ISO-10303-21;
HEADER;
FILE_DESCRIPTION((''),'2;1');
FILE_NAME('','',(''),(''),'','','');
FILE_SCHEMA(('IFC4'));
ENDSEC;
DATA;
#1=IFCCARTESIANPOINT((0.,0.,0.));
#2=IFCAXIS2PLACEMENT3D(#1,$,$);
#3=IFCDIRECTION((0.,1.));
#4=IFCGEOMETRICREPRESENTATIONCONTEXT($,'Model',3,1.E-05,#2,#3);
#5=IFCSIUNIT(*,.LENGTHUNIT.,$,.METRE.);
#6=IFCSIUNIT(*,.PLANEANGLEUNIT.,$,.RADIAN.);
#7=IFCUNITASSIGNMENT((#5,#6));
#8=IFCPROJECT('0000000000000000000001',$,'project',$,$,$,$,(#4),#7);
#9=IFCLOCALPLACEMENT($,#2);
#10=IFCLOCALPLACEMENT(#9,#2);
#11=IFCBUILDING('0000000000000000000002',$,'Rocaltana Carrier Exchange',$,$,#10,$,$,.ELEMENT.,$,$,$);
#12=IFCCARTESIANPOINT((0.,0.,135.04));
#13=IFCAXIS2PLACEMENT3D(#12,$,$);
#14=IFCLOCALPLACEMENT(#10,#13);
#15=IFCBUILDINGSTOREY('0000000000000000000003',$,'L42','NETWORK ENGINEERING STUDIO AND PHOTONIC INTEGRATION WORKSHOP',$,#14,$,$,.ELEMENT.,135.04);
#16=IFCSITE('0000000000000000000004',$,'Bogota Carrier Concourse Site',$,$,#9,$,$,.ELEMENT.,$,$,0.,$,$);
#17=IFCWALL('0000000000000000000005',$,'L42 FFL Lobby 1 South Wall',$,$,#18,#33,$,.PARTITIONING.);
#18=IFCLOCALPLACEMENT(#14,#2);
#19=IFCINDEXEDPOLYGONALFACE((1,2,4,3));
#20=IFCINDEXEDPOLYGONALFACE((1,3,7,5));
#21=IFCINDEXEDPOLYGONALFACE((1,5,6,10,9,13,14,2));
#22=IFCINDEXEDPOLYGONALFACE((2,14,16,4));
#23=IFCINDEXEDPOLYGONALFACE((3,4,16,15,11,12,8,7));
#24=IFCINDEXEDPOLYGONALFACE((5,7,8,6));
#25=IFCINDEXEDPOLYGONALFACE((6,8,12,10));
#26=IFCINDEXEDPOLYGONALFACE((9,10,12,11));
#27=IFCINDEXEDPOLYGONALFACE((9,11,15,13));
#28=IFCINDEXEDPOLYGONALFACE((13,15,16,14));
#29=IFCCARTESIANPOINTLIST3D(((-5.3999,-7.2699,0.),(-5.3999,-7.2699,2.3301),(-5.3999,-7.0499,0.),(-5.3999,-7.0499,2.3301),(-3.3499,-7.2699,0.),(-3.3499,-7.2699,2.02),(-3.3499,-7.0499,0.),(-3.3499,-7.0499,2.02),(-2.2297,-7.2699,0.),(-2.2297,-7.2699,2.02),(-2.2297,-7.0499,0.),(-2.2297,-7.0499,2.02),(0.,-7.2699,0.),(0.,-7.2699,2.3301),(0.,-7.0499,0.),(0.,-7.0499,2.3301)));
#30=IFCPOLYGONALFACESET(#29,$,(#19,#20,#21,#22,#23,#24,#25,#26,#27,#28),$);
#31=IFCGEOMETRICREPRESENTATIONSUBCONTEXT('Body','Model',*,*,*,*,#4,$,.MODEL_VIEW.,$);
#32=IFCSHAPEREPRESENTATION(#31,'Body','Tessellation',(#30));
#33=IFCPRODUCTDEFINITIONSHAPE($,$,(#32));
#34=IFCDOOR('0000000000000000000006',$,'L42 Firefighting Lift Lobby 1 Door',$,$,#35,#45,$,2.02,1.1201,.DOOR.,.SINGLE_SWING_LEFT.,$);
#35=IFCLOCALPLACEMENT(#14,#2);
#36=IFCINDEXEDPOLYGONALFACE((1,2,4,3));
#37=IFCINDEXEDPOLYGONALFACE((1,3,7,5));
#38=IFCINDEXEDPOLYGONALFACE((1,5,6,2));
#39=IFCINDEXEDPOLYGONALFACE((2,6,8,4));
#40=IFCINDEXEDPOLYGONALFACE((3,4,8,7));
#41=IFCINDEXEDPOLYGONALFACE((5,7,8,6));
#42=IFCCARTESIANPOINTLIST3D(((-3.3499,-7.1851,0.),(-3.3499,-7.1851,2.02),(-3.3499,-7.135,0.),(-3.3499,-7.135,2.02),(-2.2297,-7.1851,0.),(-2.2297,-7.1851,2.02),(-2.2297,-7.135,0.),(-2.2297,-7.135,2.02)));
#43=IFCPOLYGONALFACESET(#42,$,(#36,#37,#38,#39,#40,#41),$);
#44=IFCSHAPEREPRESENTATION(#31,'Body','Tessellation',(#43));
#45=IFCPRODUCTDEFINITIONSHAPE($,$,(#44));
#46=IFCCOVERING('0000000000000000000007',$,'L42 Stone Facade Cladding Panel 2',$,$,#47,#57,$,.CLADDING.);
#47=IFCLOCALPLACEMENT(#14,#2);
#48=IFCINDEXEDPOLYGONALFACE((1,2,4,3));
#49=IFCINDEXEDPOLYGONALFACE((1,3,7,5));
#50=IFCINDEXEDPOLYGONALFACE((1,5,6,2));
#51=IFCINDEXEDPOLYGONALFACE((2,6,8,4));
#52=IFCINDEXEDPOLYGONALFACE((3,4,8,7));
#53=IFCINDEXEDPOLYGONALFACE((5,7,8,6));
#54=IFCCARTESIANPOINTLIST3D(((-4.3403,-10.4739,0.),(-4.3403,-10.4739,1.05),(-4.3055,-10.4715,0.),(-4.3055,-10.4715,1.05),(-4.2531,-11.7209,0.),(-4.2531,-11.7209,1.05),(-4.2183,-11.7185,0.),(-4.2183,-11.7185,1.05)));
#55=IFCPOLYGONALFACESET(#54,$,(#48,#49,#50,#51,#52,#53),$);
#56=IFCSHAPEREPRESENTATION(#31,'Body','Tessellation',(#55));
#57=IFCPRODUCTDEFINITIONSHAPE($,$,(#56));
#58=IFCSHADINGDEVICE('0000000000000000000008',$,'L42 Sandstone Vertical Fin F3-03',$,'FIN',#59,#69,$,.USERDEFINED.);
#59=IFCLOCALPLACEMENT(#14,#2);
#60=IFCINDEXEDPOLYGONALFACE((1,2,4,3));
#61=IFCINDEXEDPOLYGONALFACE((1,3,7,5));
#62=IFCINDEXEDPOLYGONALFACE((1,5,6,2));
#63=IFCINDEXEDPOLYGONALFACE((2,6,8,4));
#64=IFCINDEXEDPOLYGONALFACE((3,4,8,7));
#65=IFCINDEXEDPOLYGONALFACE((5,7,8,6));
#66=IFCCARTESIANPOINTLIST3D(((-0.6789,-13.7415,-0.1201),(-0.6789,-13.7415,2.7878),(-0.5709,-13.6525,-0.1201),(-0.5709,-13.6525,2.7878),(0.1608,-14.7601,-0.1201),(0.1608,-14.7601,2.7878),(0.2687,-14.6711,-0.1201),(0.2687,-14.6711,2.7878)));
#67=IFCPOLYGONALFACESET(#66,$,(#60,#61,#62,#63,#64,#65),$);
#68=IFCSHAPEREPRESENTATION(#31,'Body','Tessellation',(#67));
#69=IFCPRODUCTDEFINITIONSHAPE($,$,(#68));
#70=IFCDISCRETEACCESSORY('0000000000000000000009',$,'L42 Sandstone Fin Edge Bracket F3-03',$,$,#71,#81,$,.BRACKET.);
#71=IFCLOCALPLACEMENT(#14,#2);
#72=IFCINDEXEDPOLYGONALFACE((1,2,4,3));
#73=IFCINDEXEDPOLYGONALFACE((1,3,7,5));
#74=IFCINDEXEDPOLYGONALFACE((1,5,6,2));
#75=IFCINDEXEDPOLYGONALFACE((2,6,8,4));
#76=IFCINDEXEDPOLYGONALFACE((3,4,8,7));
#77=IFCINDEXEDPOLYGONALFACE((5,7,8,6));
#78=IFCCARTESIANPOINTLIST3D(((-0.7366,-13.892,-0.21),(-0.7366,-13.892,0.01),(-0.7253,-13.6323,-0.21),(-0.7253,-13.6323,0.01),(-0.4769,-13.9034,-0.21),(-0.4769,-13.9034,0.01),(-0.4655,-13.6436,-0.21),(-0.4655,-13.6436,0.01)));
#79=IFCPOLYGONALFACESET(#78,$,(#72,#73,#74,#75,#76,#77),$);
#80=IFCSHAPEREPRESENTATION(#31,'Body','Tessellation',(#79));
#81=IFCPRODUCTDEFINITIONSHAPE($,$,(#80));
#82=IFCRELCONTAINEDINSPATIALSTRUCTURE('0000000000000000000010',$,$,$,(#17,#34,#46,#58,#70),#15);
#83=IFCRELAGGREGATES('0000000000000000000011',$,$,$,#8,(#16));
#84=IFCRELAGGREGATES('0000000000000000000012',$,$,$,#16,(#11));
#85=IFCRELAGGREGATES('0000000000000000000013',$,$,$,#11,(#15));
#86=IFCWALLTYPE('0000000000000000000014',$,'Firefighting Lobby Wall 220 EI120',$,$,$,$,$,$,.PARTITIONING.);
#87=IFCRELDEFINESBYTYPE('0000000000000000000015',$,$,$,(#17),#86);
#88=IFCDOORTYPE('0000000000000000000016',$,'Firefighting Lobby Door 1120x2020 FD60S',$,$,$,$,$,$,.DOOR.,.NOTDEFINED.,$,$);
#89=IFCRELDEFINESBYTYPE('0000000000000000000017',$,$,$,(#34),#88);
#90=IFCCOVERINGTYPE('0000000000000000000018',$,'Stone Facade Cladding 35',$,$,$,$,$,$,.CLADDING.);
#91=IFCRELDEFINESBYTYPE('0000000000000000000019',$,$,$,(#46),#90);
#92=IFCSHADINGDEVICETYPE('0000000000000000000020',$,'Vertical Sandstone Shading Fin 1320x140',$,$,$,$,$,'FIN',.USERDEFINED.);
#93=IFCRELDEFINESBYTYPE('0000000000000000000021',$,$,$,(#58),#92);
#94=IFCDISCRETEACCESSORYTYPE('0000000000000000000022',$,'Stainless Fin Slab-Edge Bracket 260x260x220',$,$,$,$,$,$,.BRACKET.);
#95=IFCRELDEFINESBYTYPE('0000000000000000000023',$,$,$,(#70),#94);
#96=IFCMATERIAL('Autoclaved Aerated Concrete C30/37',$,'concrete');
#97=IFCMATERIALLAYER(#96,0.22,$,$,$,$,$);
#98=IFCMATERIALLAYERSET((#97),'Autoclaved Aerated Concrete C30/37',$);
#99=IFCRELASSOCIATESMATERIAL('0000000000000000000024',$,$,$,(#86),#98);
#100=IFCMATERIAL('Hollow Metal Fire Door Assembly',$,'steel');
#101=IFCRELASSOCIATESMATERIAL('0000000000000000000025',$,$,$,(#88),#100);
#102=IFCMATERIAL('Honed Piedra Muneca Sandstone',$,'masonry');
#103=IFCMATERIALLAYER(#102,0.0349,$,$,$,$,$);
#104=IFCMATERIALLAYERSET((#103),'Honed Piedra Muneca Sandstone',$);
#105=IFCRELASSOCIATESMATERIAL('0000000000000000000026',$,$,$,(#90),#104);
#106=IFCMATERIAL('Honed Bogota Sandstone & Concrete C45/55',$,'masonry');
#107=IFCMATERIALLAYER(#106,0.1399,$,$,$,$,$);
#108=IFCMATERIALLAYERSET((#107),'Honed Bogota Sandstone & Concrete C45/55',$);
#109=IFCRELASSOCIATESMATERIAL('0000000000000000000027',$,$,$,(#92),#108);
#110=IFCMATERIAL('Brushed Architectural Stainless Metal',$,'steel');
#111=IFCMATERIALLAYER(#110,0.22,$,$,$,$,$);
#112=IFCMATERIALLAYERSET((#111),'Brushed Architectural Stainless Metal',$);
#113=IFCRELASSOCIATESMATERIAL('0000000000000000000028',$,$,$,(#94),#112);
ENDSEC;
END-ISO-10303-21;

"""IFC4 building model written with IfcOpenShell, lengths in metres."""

from ifc_helpers import new_model, si_unit, direction, frame, frame_2d, origin, origin_2d, place, context, subcontext, project, spatial, rectangle, extrude, material, layer, layer_set, type_object, element, fill, save


model = new_model("IFC4")

# Units and contexts
model_context = context("Model", 3, precision=1e-05, world=origin(), true_north=direction((0.0, 1.0)))
body_context = subcontext(model_context, "Body", "Model", "MODEL_VIEW")
ifc_project = project(units=[si_unit("LENGTHUNIT", "METRE"), si_unit("PLANEANGLEUNIT", "RADIAN")], contexts=[model_context])

# Site, building, storey
site_placement = place(None, origin())
site = spatial("IfcSite", under=ifc_project, at=site_placement, Name="Bogota Carrier Concourse Site", CompositionType="ELEMENT", RefElevation=0.0)
building_placement = place(site_placement, origin())
building = spatial("IfcBuilding", under=site, at=building_placement, Name="Rocaltana Carrier Exchange", CompositionType="ELEMENT")
storey_placement = place(building_placement, frame((0.0, 0.0, 135.04)))
storey = spatial("IfcBuildingStorey", under=building, at=storey_placement, Name="L42", Description="NETWORK ENGINEERING STUDIO AND PHOTONIC INTEGRATION WORKSHOP", CompositionType="ELEMENT", Elevation=135.04)

# Shared definitions
ifc_material_1 = material(Name="Autoclaved Aerated Concrete C30/37", Category="concrete")
ifc_layer_1 = layer(ifc_material_1, 0.22)
ifc_layer_set_1 = layer_set([ifc_layer_1], Name="Autoclaved Aerated Concrete C30/37")
wall_type_1 = type_object("IfcWallType", Name="Firefighting Lobby Wall 220 EI120", PredefinedType="PARTITIONING", material=ifc_layer_set_1)

# Wall, opening, door
wall_1_placement = place(storey_placement, frame((-5.3999, -7.1599, 0.0), z_axis=(0.0, 0.0, 1.0), x_axis=(1.0, 0.0, 0.0)))
wall_1 = element("IfcWall", 1, at=wall_1_placement, inside=storey, type_object=wall_type_1, Name="L42 FFL Lobby 1 South Wall", PredefinedType="PARTITIONING", context=body_context, shape_type="SweptSolid", body=[
    extrude(rectangle(XDim=5.3999, YDim=0.22, at=frame_2d((2.7, 0.0))), origin(), (0.0, 0.0, 1.0), 2.3301),
])
opening_placement = place(wall_1_placement, frame((2.05, 0.0, 0.0)))
opening = element("IfcOpeningElement", 2, at=opening_placement, cuts=wall_1, PredefinedType="OPENING", context=body_context, shape_type="SweptSolid", body=[
    extrude(rectangle(XDim=1.1201, YDim=2.02, at=frame_2d((0.5601, 1.01))), frame((0.0, 0.1199, 0.0), z_axis=(0.0, -1.0, 0.0), x_axis=(1.0, 0.0, 0.0)), (0.0, 0.0, 1.0), 0.24),
])
ifc_material_2 = material(Name="Hollow Metal Fire Door Assembly", Category="steel")
door_type = type_object("IfcDoorType", Name="Firefighting Lobby Door 1120x2020 FD60S", OperationType="NOTDEFINED", PredefinedType="DOOR", material=ifc_material_2)
door_placement = place(opening_placement, origin())
door = element("IfcDoor", 3, at=door_placement, inside=storey, type_object=door_type, Name="L42 Firefighting Lift Lobby 1 Door", OperationType="SINGLE_SWING_LEFT", OverallHeight=2.02, OverallWidth=1.1201, PredefinedType="DOOR", context=body_context, shape_type="SweptSolid", body=[
    extrude(rectangle(XDim=1.1201, YDim=2.02, at=frame_2d((0.5601, 1.01))), frame((0.0, 0.0249, 0.0), z_axis=(0.0, -1.0, 0.0), x_axis=(1.0, 0.0, 0.0)), (0.0, 0.0, 1.0), 0.05),
])
fill(opening, door)

# Covering
ifc_material_3 = material(Name="Honed Piedra Muneca Sandstone", Category="masonry")
ifc_layer_2 = layer(ifc_material_3, 0.0349)
ifc_layer_set_2 = layer_set([ifc_layer_2], Name="Honed Piedra Muneca Sandstone")
covering_type = type_object("IfcCoveringType", Name="Stone Facade Cladding 35", PredefinedType="CLADDING", material=ifc_layer_set_2)
covering_placement = place(storey_placement, frame((-4.2793, -11.0962, 0.0), z_axis=(0.0, 0.0, 1.0), x_axis=(-0.069756, 0.997564, 0.0)))
element("IfcCovering", 4, at=covering_placement, inside=storey, type_object=covering_type, Name="L42 Stone Facade Cladding Panel 2", PredefinedType="CLADDING", context=body_context, shape_type="SweptSolid", body=[
    extrude(rectangle(XDim=1.25, YDim=0.0349, at=origin_2d()), origin(), (0.0, 0.0, 1.0), 1.05),
])

# Shading device
ifc_material_4 = material(Name="Honed Bogota Sandstone & Concrete C45/55", Category="masonry")
ifc_layer_3 = layer(ifc_material_4, 0.1399)
ifc_layer_set_3 = layer_set([ifc_layer_3], Name="Honed Bogota Sandstone & Concrete C45/55")
shading_device_type = type_object("IfcShadingDeviceType", Name="Vertical Sandstone Shading Fin 1320x140", ElementType="FIN", PredefinedType="USERDEFINED", material=ifc_layer_set_3)
shading_device_placement = place(storey_placement, frame((-0.2051, -14.2063, -0.1201), z_axis=(0.0, 0.0, 1.0), x_axis=(0.636078, -0.771625, 0.0)))
element("IfcShadingDevice", 5, at=shading_device_placement, inside=storey, type_object=shading_device_type, Name="L42 Sandstone Vertical Fin F3-03", ObjectType="FIN", PredefinedType="USERDEFINED", context=body_context, shape_type="SweptSolid", body=[
    extrude(rectangle(XDim=1.3201, YDim=0.1399, at=origin_2d()), origin(), (0.0, 0.0, 1.0), 2.908),
])

# Discrete accessory
ifc_material_5 = material(Name="Brushed Architectural Stainless Metal", Category="steel")
ifc_layer_4 = layer(ifc_material_5, 0.22)
ifc_layer_set_4 = layer_set([ifc_layer_4], Name="Brushed Architectural Stainless Metal")
discrete_accessory_type = type_object("IfcDiscreteAccessoryType", Name="Stainless Fin Slab-Edge Bracket 260x260x220", PredefinedType="BRACKET", material=ifc_layer_set_4)
discrete_accessory_placement = place(storey_placement, frame((-0.6011, -13.7678, -0.21), z_axis=(0.0, 0.0, 1.0), x_axis=(0.999048, -0.043619, 0.0)))
element("IfcDiscreteAccessory", 6, at=discrete_accessory_placement, inside=storey, type_object=discrete_accessory_type, Name="L42 Sandstone Fin Edge Bracket F3-03", PredefinedType="BRACKET", context=body_context, shape_type="SweptSolid", body=[
    extrude(rectangle(XDim=0.26, YDim=0.26, at=origin_2d()), origin(), (0.0, 0.0, 1.0), 0.22),
])

save(model, "model.ifc")
